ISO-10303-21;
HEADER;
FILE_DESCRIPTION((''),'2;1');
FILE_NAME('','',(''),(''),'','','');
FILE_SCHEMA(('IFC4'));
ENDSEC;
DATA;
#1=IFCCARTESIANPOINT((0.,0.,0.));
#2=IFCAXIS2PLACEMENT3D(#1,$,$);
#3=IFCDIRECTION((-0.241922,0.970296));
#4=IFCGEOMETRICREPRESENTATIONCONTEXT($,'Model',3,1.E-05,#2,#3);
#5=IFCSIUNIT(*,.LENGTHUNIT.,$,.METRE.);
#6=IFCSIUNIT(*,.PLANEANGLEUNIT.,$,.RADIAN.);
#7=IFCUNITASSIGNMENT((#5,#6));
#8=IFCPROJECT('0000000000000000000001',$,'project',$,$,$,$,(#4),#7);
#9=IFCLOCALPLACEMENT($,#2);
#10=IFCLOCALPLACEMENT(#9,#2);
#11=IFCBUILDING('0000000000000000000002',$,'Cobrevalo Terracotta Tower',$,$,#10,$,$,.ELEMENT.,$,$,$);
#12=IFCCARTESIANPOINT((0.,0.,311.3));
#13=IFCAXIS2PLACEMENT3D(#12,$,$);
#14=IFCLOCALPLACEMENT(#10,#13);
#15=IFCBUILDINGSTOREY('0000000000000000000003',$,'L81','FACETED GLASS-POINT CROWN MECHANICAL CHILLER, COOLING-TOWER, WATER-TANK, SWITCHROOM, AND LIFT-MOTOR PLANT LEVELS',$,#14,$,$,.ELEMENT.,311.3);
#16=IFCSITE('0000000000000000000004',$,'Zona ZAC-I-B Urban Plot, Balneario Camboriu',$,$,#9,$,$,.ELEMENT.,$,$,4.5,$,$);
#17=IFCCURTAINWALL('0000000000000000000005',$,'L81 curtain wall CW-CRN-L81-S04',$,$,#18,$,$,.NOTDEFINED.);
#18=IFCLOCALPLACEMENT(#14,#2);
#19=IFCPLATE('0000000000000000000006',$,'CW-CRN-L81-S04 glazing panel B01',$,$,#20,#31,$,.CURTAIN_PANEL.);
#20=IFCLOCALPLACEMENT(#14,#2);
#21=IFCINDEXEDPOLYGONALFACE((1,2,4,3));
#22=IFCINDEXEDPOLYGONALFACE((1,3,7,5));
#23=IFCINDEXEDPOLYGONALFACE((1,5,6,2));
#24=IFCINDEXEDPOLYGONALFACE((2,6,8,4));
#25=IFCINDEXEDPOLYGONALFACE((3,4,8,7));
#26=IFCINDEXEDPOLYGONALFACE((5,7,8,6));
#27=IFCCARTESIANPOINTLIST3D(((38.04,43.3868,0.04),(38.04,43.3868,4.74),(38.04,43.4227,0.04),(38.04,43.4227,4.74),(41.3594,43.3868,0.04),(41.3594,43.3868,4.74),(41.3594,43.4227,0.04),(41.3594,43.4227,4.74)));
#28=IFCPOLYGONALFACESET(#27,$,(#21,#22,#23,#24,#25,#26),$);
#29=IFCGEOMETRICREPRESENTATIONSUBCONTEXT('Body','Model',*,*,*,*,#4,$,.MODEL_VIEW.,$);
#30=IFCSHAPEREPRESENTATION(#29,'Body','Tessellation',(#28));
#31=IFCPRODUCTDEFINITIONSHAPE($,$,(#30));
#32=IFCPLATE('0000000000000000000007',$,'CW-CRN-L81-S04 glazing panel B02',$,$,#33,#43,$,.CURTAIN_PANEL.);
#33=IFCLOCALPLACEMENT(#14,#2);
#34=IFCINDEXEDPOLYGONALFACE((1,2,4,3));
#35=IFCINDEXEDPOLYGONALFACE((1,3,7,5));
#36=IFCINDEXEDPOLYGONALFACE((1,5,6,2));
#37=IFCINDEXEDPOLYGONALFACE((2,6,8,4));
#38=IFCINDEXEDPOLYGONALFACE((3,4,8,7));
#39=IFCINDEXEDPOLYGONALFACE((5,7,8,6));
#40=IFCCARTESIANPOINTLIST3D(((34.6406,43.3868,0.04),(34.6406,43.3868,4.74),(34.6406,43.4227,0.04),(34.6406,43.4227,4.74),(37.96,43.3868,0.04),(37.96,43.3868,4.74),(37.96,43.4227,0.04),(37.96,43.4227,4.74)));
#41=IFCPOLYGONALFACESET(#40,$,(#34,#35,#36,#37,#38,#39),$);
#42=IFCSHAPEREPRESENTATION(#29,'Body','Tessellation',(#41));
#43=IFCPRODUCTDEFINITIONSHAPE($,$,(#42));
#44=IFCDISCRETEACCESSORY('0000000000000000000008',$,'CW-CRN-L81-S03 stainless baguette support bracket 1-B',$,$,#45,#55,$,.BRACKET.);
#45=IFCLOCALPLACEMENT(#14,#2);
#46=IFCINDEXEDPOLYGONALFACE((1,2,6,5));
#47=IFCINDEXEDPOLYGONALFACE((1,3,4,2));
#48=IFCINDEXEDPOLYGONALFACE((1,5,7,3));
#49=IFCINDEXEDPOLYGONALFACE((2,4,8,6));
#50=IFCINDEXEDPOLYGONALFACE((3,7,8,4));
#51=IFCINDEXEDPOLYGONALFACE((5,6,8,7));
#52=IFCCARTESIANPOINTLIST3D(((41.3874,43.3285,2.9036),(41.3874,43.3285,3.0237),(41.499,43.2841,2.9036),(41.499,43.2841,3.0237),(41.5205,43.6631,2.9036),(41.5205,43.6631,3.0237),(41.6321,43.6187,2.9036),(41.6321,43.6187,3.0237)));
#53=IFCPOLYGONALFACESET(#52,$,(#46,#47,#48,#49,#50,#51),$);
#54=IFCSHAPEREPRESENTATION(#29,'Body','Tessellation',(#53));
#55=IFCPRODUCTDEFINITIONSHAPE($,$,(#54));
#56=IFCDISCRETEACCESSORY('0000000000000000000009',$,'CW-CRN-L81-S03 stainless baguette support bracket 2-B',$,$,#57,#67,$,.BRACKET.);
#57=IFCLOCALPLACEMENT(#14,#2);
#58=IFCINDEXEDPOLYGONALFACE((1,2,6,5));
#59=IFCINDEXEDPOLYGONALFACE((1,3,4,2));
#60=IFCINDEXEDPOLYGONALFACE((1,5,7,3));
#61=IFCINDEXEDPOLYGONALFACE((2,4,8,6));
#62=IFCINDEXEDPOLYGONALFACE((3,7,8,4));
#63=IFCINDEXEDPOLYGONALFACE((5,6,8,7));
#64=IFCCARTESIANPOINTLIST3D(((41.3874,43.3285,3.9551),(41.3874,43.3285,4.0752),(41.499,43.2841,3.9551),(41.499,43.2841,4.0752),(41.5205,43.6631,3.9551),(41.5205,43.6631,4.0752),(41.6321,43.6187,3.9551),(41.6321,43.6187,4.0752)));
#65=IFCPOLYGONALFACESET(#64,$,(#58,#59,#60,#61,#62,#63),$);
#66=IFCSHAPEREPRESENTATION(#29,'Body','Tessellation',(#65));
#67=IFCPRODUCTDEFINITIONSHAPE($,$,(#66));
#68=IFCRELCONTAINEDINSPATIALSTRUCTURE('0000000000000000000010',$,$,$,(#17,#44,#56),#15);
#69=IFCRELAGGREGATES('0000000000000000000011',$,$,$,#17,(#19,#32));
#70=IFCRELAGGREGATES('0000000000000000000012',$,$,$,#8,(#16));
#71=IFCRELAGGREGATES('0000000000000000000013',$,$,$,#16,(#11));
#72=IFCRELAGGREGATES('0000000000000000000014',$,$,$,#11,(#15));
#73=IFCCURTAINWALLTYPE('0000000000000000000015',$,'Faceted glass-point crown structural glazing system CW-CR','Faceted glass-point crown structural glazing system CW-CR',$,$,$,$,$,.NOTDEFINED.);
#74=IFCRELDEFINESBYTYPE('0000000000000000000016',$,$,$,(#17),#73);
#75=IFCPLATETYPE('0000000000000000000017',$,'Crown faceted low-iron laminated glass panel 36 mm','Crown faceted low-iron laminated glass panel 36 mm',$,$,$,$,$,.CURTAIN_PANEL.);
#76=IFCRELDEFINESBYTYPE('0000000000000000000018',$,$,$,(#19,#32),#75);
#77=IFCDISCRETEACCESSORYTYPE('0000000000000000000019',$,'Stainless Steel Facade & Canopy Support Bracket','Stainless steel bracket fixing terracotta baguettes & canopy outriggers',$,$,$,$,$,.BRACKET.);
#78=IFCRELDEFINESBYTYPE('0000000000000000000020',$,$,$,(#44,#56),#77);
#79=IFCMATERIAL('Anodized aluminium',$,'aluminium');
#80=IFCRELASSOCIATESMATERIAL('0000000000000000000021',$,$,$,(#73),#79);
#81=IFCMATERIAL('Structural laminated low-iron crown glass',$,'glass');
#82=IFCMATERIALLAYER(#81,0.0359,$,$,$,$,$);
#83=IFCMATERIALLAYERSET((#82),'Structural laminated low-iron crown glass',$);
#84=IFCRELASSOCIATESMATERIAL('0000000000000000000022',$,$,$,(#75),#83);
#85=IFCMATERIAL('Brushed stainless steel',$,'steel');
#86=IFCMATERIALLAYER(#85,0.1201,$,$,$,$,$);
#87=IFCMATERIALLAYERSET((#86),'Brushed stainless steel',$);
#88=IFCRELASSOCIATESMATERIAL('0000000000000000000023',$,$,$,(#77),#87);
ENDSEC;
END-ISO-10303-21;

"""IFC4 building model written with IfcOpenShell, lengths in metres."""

from ifc_helpers import new_model, si_unit, direction, frame, origin, origin_2d, place, context, subcontext, project, spatial, rectangle, extrude, source, transform, mapped, material, layer, layer_set, type_object, element, aggregate, save


model = new_model("IFC4")

# Units and contexts
model_context = context("Model", 3, precision=1e-05, world=origin(), true_north=direction((-0.241922, 0.970296)))
body_context = subcontext(model_context, "Body", "Model", "MODEL_VIEW")
ifc_project = project(units=[si_unit("LENGTHUNIT", "METRE"), si_unit("PLANEANGLEUNIT", "RADIAN")], contexts=[model_context])

# Site, building, storey
site_placement = place(None, origin())
site = spatial("IfcSite", under=ifc_project, at=site_placement, Name="Zona ZAC-I-B Urban Plot, Balneario Camboriu", CompositionType="ELEMENT", RefElevation=4.5)
building_placement = place(site_placement, origin())
building = spatial("IfcBuilding", under=site, at=building_placement, Name="Cobrevalo Terracotta Tower", CompositionType="ELEMENT")
storey_placement = place(building_placement, frame((0.0, 0.0, 311.3)))
storey = spatial("IfcBuildingStorey", under=building, at=storey_placement, Name="L81", Description="FACETED GLASS-POINT CROWN MECHANICAL CHILLER, COOLING-TOWER, WATER-TANK, SWITCHROOM, AND LIFT-MOTOR PLANT LEVELS", CompositionType="ELEMENT", Elevation=311.3)

# Curtain wall
ifc_material_1 = material(Name="Anodized aluminium", Category="aluminium")
curtain_wall_type = type_object("IfcCurtainWallType", Name="Faceted glass-point crown structural glazing system CW-CR", Description="Faceted glass-point crown structural glazing system CW-CR", PredefinedType="NOTDEFINED", material=ifc_material_1)
curtain_wall_1_placement = place(storey_placement, origin())
curtain_wall_1 = element("IfcCurtainWall", 1, at=curtain_wall_1_placement, inside=storey, type_object=curtain_wall_type, Name="L81 curtain wall CW-CRN-L81-S04", PredefinedType="NOTDEFINED")

# Plates
ifc_material_2 = material(Name="Structural laminated low-iron crown glass", Category="glass")
ifc_layer_1 = layer(ifc_material_2, 0.0359)
ifc_layer_set_1 = layer_set([ifc_layer_1], Name="Structural laminated low-iron crown glass")
plate_type = type_object("IfcPlateType", Name="Crown faceted low-iron laminated glass panel 36 mm", Description="Crown faceted low-iron laminated glass panel 36 mm", PredefinedType="CURTAIN_PANEL", material=ifc_layer_set_1)
shared_shape_1 = source(origin(), body_context, "Body", "SweptSolid", [
    extrude(rectangle(XDim=3.3193, YDim=0.0359, at=origin_2d()), origin(), (0.0, 0.0, 1.0), 4.7),
])
plate_1_placement = place(storey_placement, frame((39.6997, 43.4048, 0.04), z_axis=(0.0, 0.0, 1.0), x_axis=(-1.0, 0.0, 0.0)))
plate_1 = element("IfcPlate", 2, at=plate_1_placement, type_object=plate_type, Name="CW-CRN-L81-S04 glazing panel B01", PredefinedType="CURTAIN_PANEL", context=body_context, shape_type="MappedRepresentation", body=[
    mapped(shared_shape_1, transform((0.0, 0.0, 0.0), scale=1.0)),
])
plate_2_placement = place(storey_placement, frame((36.3003, 43.4048, 0.04), z_axis=(0.0, 0.0, 1.0), x_axis=(-1.0, 0.0, 0.0)))
plate_2 = element("IfcPlate", 3, at=plate_2_placement, type_object=plate_type, Name="CW-CRN-L81-S04 glazing panel B02", PredefinedType="CURTAIN_PANEL", context=body_context, shape_type="MappedRepresentation", body=[
    mapped(shared_shape_1, transform((0.0, 0.0, 0.0), scale=1.0)),
])
aggregate(curtain_wall_1, [plate_1, plate_2])

# Discrete accessories
ifc_material_3 = material(Name="Brushed stainless steel", Category="steel")
ifc_layer_2 = layer(ifc_material_3, 0.1201)
ifc_layer_set_2 = layer_set([ifc_layer_2], Name="Brushed stainless steel")
discrete_accessory_type = type_object("IfcDiscreteAccessoryType", Name="Stainless Steel Facade & Canopy Support Bracket", Description="Stainless steel bracket fixing terracotta baguettes & canopy outriggers", PredefinedType="BRACKET", material=ifc_layer_set_2)
shared_shape_2 = source(origin(), body_context, "Body", "SweptSolid", [
    extrude(rectangle(XDim=0.1201, YDim=0.3601, at=origin_2d()), origin(), (0.0, 0.0, 1.0), 0.1201),
])
for number, where, z_axis, x_axis, name in (
    (4, (41.5098, 43.4736, 2.9036), (0.0, 0.0, 1.0), (-0.929191, 0.369601, 0.0), "CW-CRN-L81-S03 stainless baguette support bracket 1-B"),
    (5, (41.5098, 43.4736, 3.9551), (0.0, 0.0, 1.0), (-0.929191, 0.369601, 0.0), "CW-CRN-L81-S03 stainless baguette support bracket 2-B"),
):
    element("IfcDiscreteAccessory", number, at=place(storey_placement, frame(where, z_axis=z_axis, x_axis=x_axis)), inside=storey, type_object=discrete_accessory_type, Name=name, PredefinedType="BRACKET", context=body_context, shape_type="MappedRepresentation", body=[
        mapped(shared_shape_2, transform((0.0, 0.0, 0.0), scale=1.0)),
    ])

save(model, "model.ifc")
